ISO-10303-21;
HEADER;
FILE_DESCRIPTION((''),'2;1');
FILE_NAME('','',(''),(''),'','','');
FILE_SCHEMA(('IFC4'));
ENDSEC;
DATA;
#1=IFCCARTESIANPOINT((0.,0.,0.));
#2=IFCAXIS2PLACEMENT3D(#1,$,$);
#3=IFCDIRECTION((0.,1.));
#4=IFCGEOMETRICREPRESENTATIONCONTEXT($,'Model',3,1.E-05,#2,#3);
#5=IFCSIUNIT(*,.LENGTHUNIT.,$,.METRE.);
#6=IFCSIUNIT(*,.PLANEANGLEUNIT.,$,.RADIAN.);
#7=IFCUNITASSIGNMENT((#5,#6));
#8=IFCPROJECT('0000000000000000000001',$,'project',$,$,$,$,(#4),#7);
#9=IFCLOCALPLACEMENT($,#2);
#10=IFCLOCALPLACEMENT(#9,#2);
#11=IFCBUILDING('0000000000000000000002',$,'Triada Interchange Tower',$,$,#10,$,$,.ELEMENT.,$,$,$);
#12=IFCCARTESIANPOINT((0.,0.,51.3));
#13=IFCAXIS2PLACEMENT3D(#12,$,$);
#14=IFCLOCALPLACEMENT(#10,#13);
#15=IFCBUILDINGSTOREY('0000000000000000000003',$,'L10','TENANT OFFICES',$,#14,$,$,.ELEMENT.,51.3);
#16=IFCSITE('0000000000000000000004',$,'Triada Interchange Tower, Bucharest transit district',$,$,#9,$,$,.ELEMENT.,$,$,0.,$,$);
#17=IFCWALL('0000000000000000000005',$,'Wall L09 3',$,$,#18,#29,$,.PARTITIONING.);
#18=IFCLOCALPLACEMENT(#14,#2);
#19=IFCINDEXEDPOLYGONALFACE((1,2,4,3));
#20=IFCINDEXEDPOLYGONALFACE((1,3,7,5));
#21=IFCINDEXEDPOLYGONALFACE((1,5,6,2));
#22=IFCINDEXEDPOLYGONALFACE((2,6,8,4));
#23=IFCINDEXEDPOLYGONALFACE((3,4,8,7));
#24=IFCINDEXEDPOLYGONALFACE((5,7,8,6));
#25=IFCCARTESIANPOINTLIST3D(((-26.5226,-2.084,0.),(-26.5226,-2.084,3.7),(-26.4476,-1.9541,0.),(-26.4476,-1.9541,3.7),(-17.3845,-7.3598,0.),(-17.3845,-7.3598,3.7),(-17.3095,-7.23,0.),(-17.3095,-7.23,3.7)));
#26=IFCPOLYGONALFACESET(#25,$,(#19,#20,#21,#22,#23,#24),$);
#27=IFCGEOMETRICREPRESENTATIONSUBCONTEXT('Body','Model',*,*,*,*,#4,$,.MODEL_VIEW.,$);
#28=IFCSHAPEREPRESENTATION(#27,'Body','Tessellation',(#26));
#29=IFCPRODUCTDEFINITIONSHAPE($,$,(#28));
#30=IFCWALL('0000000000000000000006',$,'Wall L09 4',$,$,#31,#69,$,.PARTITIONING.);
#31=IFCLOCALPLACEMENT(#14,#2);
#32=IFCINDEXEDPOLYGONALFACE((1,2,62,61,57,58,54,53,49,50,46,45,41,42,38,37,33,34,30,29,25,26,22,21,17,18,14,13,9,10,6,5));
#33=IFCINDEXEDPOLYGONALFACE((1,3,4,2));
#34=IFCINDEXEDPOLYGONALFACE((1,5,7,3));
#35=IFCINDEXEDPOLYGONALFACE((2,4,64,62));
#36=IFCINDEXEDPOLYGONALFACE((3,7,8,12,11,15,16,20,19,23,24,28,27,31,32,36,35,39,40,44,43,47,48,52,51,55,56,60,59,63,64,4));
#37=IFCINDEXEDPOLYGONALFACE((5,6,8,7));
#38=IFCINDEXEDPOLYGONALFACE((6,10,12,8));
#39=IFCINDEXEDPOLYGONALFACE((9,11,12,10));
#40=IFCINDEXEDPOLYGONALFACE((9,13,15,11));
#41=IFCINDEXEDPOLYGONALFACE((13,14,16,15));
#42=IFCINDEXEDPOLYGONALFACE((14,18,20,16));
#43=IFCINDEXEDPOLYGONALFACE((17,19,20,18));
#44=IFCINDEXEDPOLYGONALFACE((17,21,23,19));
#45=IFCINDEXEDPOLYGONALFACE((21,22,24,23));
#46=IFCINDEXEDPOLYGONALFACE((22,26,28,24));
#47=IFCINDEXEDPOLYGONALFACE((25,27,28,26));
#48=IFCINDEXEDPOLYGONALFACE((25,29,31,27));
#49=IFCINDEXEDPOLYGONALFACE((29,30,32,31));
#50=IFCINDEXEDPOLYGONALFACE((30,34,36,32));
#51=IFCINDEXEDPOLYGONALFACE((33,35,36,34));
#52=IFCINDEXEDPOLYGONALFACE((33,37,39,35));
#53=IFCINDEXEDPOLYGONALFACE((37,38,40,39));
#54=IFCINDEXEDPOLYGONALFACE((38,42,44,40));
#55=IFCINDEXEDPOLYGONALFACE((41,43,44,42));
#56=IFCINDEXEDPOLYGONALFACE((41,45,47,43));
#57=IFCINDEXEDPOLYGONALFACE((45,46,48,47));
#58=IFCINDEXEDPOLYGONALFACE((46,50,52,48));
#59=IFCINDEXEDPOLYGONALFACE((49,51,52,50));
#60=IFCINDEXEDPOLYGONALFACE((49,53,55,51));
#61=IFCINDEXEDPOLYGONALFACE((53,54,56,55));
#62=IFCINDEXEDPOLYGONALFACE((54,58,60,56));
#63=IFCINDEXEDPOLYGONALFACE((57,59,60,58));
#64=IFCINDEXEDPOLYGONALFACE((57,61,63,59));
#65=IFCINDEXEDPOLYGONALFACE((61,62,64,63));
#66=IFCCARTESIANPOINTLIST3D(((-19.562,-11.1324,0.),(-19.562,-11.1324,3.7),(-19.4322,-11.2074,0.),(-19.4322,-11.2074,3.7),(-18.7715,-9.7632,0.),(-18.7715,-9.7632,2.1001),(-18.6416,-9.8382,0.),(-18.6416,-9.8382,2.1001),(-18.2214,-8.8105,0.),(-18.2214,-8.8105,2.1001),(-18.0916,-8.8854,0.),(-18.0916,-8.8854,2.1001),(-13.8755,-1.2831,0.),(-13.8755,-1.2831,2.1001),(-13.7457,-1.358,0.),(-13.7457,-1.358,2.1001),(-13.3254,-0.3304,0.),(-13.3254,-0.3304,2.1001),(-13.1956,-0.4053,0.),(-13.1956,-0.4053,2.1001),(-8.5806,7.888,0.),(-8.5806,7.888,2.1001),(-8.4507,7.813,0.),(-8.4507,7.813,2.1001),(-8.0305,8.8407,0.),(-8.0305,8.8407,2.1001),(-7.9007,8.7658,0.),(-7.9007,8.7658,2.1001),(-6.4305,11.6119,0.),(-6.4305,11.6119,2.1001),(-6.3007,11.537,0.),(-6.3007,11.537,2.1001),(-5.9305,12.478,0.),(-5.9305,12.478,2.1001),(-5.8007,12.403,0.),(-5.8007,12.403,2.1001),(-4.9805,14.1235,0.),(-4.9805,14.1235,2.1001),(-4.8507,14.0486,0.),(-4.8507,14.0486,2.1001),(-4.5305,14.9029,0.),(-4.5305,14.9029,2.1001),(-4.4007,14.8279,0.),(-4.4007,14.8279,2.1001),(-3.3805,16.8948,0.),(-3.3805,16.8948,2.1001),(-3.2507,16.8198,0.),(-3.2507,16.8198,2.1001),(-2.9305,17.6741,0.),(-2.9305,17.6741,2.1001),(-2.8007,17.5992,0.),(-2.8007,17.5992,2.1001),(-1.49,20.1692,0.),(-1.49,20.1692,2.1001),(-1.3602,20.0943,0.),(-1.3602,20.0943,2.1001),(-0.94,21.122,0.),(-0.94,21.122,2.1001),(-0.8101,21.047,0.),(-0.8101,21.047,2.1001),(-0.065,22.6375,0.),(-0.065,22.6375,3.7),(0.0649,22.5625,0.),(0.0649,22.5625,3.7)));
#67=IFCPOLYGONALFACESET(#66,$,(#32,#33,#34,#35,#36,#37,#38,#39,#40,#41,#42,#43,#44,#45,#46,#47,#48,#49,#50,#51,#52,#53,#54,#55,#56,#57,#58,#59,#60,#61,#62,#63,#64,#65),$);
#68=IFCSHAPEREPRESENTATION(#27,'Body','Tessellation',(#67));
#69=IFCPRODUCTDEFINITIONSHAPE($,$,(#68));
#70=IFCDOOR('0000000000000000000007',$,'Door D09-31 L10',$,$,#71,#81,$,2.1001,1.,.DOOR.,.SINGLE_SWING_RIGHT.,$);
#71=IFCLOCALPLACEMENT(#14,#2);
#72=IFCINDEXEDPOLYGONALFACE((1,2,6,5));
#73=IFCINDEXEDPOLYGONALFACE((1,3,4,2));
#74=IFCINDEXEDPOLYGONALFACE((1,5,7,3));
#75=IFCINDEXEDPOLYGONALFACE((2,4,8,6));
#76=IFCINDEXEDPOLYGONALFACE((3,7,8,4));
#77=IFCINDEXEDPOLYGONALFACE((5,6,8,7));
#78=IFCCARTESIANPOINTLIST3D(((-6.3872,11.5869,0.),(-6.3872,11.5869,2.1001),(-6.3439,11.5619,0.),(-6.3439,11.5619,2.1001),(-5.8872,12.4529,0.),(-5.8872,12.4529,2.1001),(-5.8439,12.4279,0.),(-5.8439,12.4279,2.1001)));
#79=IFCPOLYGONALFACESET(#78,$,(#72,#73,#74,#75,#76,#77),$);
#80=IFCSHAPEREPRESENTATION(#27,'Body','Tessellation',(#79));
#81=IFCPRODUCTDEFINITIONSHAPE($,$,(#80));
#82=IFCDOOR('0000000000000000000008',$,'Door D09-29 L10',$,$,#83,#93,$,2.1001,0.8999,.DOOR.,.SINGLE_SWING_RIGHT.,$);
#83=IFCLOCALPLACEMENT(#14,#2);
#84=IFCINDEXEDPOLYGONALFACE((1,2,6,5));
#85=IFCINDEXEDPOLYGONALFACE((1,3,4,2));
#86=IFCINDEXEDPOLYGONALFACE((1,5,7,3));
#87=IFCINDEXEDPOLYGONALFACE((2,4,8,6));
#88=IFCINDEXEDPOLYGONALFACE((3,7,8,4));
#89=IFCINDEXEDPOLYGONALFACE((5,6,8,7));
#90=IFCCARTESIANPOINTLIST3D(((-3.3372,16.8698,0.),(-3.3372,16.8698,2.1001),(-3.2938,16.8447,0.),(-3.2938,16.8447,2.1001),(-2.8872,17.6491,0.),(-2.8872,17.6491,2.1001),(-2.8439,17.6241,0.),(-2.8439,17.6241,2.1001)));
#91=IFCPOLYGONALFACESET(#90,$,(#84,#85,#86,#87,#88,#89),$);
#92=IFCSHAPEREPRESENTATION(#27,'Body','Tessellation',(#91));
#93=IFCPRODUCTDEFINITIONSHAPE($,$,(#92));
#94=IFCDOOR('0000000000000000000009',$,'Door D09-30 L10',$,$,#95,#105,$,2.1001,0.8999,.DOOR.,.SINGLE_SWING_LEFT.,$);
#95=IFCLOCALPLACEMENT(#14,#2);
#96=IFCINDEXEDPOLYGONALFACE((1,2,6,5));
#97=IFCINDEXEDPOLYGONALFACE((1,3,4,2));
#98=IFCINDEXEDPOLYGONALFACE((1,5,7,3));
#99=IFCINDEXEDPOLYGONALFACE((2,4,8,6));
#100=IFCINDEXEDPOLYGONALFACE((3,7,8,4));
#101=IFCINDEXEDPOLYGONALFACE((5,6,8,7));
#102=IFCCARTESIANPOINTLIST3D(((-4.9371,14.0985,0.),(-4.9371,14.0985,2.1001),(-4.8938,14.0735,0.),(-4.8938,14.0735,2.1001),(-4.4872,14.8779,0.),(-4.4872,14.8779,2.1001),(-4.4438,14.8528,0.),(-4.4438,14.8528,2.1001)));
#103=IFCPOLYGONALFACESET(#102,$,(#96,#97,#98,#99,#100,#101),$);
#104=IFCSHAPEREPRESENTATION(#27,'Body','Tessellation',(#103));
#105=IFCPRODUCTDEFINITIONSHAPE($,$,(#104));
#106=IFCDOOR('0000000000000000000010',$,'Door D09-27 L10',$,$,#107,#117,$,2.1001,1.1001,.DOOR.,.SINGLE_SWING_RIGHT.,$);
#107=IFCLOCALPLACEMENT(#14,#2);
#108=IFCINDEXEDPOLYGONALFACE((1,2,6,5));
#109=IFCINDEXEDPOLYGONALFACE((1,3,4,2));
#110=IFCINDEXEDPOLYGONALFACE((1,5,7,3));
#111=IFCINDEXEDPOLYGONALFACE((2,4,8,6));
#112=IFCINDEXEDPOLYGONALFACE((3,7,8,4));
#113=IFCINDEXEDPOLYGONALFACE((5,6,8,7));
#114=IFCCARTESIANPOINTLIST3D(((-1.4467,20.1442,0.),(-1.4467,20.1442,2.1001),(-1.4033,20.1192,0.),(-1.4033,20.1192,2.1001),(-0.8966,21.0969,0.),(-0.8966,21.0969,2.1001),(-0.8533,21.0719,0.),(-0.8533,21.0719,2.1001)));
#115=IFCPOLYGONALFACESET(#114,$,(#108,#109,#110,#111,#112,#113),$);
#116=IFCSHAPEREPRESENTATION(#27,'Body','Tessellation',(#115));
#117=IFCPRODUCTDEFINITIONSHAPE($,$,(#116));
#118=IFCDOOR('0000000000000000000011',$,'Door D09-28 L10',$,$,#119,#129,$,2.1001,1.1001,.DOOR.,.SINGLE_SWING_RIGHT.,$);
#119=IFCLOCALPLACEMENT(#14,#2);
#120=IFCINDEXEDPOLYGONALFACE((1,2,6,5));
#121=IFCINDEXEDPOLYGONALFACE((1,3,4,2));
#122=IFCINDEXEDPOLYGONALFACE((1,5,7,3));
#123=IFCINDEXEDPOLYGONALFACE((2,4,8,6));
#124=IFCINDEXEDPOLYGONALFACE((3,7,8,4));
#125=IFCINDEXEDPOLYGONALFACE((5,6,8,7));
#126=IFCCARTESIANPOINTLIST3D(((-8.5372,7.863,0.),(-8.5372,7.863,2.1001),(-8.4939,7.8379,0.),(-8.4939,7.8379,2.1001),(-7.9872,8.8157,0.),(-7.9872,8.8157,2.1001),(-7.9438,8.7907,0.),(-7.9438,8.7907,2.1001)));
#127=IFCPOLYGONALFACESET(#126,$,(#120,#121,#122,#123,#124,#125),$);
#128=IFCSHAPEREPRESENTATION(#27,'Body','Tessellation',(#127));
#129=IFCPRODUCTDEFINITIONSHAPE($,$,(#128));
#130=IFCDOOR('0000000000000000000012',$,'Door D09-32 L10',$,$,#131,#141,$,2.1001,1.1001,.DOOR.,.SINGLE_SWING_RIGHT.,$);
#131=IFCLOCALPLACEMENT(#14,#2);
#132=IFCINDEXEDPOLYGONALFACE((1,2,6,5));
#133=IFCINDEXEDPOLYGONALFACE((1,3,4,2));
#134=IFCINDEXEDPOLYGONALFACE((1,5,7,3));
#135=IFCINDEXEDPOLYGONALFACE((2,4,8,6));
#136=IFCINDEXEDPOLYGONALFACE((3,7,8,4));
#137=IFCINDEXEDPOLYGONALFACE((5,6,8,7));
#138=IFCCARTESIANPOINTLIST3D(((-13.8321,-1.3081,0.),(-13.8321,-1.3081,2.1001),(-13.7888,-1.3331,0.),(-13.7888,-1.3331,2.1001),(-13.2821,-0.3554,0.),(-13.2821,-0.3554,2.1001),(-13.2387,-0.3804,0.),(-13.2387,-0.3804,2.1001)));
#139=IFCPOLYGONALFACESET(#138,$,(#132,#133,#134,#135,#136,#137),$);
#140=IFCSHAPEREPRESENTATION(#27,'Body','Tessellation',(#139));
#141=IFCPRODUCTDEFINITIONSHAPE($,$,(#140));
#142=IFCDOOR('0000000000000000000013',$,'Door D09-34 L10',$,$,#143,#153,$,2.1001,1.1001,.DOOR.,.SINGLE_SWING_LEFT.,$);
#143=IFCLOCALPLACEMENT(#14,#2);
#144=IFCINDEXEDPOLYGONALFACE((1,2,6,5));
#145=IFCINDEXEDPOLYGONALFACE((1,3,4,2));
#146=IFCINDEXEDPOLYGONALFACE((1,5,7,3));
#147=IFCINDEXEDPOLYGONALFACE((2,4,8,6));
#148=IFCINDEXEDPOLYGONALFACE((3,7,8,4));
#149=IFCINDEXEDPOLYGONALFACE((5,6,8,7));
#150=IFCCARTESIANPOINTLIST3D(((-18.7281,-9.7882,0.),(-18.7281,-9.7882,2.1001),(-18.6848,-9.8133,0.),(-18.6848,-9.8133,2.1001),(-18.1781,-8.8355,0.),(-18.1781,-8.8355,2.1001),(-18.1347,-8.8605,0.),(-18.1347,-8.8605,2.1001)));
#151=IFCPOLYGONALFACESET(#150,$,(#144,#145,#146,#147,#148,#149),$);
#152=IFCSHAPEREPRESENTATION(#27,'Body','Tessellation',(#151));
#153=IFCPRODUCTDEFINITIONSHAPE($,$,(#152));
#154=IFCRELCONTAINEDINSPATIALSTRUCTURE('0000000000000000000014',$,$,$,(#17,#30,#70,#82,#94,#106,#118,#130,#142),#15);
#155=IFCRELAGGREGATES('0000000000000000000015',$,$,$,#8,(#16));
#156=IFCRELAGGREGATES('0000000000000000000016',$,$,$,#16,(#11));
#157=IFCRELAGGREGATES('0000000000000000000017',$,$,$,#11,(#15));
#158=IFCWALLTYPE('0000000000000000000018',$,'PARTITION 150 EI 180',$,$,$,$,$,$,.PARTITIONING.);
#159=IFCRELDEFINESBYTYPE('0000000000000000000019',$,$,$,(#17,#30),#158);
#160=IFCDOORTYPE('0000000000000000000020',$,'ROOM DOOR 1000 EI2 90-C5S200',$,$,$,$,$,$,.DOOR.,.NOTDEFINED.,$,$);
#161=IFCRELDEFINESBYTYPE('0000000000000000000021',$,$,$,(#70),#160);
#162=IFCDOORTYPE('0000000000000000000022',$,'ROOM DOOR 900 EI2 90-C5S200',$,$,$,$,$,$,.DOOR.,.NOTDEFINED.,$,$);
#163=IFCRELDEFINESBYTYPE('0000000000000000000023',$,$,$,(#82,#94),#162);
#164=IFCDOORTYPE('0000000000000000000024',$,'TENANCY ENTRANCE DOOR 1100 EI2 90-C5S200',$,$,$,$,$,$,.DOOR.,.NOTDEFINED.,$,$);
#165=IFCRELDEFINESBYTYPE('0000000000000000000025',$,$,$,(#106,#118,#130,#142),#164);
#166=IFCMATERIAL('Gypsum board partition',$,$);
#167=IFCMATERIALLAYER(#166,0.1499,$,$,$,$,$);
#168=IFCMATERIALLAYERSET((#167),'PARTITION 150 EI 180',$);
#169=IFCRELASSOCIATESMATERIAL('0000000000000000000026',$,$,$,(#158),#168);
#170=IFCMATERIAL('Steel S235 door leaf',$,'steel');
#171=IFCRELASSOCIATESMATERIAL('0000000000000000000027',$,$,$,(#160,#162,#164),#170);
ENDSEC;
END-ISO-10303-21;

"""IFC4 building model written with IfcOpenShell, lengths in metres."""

from ifc_helpers import new_model, si_unit, direction, frame, frame_2d, origin, place, context, subcontext, project, spatial, rectangle, extrude, material, layer, layer_set, type_object, element, fill, save


model = new_model("IFC4")

# Units and contexts
model_context = context("Model", 3, precision=1e-05, world=origin(), true_north=direction((0.0, 1.0)))
body_context = subcontext(model_context, "Body", "Model", "MODEL_VIEW")
ifc_project = project(units=[si_unit("LENGTHUNIT", "METRE"), si_unit("PLANEANGLEUNIT", "RADIAN")], contexts=[model_context])

# Site, building, storey
site_placement = place(None, origin())
site = spatial("IfcSite", under=ifc_project, at=site_placement, Name="Triada Interchange Tower, Bucharest transit district", CompositionType="ELEMENT", RefElevation=0.0)
building_placement = place(site_placement, origin())
building = spatial("IfcBuilding", under=site, at=building_placement, Name="Triada Interchange Tower", CompositionType="ELEMENT")
storey_placement = place(building_placement, frame((0.0, 0.0, 51.3)))
storey = spatial("IfcBuildingStorey", under=building, at=storey_placement, Name="L10", Description="TENANT OFFICES", CompositionType="ELEMENT", Elevation=51.3)

# Wall
ifc_material_1 = material(Name="Gypsum board partition")
ifc_layer_1 = layer(ifc_material_1, 0.1499)
ifc_layer_set_1 = layer_set([ifc_layer_1], Name="PARTITION 150 EI 180")
wall_type_1 = type_object("IfcWallType", Name="PARTITION 150 EI 180", PredefinedType="PARTITIONING", material=ifc_layer_set_1)
wall_1_placement = place(storey_placement, frame((-26.4851, -2.019, 0.0), z_axis=(0.0, 0.0, 1.0), x_axis=(0.866028, -0.499996, 0.0)))
element("IfcWall", 1, at=wall_1_placement, inside=storey, type_object=wall_type_1, Name="Wall L09 3", PredefinedType="PARTITIONING", context=body_context, shape_type="SweptSolid", body=[
    extrude(rectangle(XDim=10.5518, YDim=0.1499, at=frame_2d((5.2759, 0.0))), origin(), (0.0, 0.0, 1.0), 3.7),
])

# Wall, openings, doors
wall_2_placement = place(storey_placement, frame((-19.4971, -11.1699, 0.0), z_axis=(0.0, 0.0, 1.0), x_axis=(0.499999, 0.866026, 0.0)))
wall_2 = element("IfcWall", 2, at=wall_2_placement, inside=storey, type_object=wall_type_1, Name="Wall L09 4", PredefinedType="PARTITIONING", context=body_context, shape_type="SweptSolid", body=[
    extrude(rectangle(XDim=38.9941, YDim=0.1499, at=frame_2d((19.4971, 0.0))), origin(), (0.0, 0.0, 1.0), 3.7),
])
opening_1_placement = place(wall_2_placement, frame((36.144, 0.0, 0.0)))
opening_1 = element("IfcOpeningElement", 3, at=opening_1_placement, cuts=wall_2, PredefinedType="OPENING", context=body_context, shape_type="SweptSolid", body=[
    extrude(rectangle(XDim=1.1001, YDim=2.1001, at=frame_2d((0.55, 1.05))), frame((0.0, 0.085, 0.0), z_axis=(0.0, -1.0, 0.0), x_axis=(1.0, 0.0, 0.0)), (0.0, 0.0, 1.0), 0.1699),
])
opening_2_placement = place(wall_2_placement, frame((21.9629, 0.0, 0.0)))
opening_2 = element("IfcOpeningElement", 4, at=opening_2_placement, cuts=wall_2, PredefinedType="OPENING", context=body_context, shape_type="SweptSolid", body=[
    extrude(rectangle(XDim=1.1001, YDim=2.1001, at=frame_2d((0.55, 1.05))), frame((0.0, 0.085, 0.0), z_axis=(0.0, -1.0, 0.0), x_axis=(1.0, 0.0, 0.0)), (0.0, 0.0, 1.0), 0.1699),
])
opening_3_placement = place(wall_2_placement, frame((32.363, 0.0, 0.0)))
opening_3 = element("IfcOpeningElement", 5, at=opening_3_placement, cuts=wall_2, PredefinedType="OPENING", context=body_context, shape_type="SweptSolid", body=[
    extrude(rectangle(XDim=0.8999, YDim=2.1001, at=frame_2d((0.45, 1.05))), frame((0.0, 0.085, 0.0), z_axis=(0.0, -1.0, 0.0), x_axis=(1.0, 0.0, 0.0)), (0.0, 0.0, 1.0), 0.1699),
])
opening_4_placement = place(wall_2_placement, frame((29.1631, 0.0, 0.0)))
opening_4 = element("IfcOpeningElement", 6, at=opening_4_placement, cuts=wall_2, PredefinedType="OPENING", context=body_context, shape_type="SweptSolid", body=[
    extrude(rectangle(XDim=0.8999, YDim=2.1001, at=frame_2d((0.45, 1.05))), frame((0.0, 0.085, 0.0), z_axis=(0.0, -1.0, 0.0), x_axis=(1.0, 0.0, 0.0)), (0.0, 0.0, 1.0), 0.1699),
])
opening_5_placement = place(wall_2_placement, frame((26.2629, 0.0, 0.0)))
opening_5 = element("IfcOpeningElement", 7, at=opening_5_placement, cuts=wall_2, PredefinedType="OPENING", context=body_context, shape_type="SweptSolid", body=[
    extrude(rectangle(XDim=1.0, YDim=2.1001, at=frame_2d((0.5, 1.05))), frame((0.0, 0.085, 0.0), z_axis=(0.0, -1.0, 0.0), x_axis=(1.0, 0.0, 0.0)), (0.0, 0.0, 1.0), 0.1699),
])
opening_6_placement = place(wall_2_placement, frame((11.373, 0.0, 0.0)))
opening_6 = element("IfcOpeningElement", 8, at=opening_6_placement, cuts=wall_2, PredefinedType="OPENING", context=body_context, shape_type="SweptSolid", body=[
    extrude(rectangle(XDim=1.1001, YDim=2.1001, at=frame_2d((0.55, 1.05))), frame((0.0, 0.085, 0.0), z_axis=(0.0, -1.0, 0.0), x_axis=(1.0, 0.0, 0.0)), (0.0, 0.0, 1.0), 0.1699),
])
opening_7_placement = place(wall_2_placement, frame((1.5811, 0.0, 0.0)))
opening_7 = element("IfcOpeningElement", 9, at=opening_7_placement, cuts=wall_2, PredefinedType="OPENING", context=body_context, shape_type="SweptSolid", body=[
    extrude(rectangle(XDim=1.1001, YDim=2.1001, at=frame_2d((0.55, 1.05))), frame((0.0, 0.085, 0.0), z_axis=(0.0, -1.0, 0.0), x_axis=(1.0, 0.0, 0.0)), (0.0, 0.0, 1.0), 0.1699),
])
ifc_material_2 = material(Name="Steel S235 door leaf", Category="steel")
door_type_1 = type_object("IfcDoorType", Name="ROOM DOOR 1000 EI2 90-C5S200", OperationType="NOTDEFINED", PredefinedType="DOOR", material=ifc_material_2)
door_1_placement = place(opening_5_placement, origin())
door_1 = element("IfcDoor", 10, at=door_1_placement, inside=storey, type_object=door_type_1, Name="Door D09-31 L10", OperationType="SINGLE_SWING_RIGHT", OverallHeight=2.1001, OverallWidth=1.0, PredefinedType="DOOR", context=body_context, shape_type="SweptSolid", body=[
    extrude(rectangle(XDim=1.0, YDim=2.1001, at=frame_2d((0.5, 1.05))), frame((0.0, 0.0249, 0.0), z_axis=(0.0, -1.0, 0.0), x_axis=(1.0, 0.0, 0.0)), (0.0, 0.0, 1.0), 0.05),
])
fill(opening_5, door_1)
door_type_2 = type_object("IfcDoorType", Name="ROOM DOOR 900 EI2 90-C5S200", OperationType="NOTDEFINED", PredefinedType="DOOR", material=ifc_material_2)
door_2_placement = place(opening_3_placement, origin())
door_2 = element("IfcDoor", 11, at=door_2_placement, inside=storey, type_object=door_type_2, Name="Door D09-29 L10", OperationType="SINGLE_SWING_RIGHT", OverallHeight=2.1001, OverallWidth=0.8999, PredefinedType="DOOR", context=body_context, shape_type="SweptSolid", body=[
    extrude(rectangle(XDim=0.8999, YDim=2.1001, at=frame_2d((0.45, 1.05))), frame((0.0, 0.0249, 0.0), z_axis=(0.0, -1.0, 0.0), x_axis=(1.0, 0.0, 0.0)), (0.0, 0.0, 1.0), 0.05),
])
fill(opening_3, door_2)
door_3_placement = place(opening_4_placement, origin())
door_3 = element("IfcDoor", 12, at=door_3_placement, inside=storey, type_object=door_type_2, Name="Door D09-30 L10", OperationType="SINGLE_SWING_LEFT", OverallHeight=2.1001, OverallWidth=0.8999, PredefinedType="DOOR", context=body_context, shape_type="SweptSolid", body=[
    extrude(rectangle(XDim=0.8999, YDim=2.1001, at=frame_2d((0.45, 1.05))), frame((0.0, 0.0249, 0.0), z_axis=(0.0, -1.0, 0.0), x_axis=(1.0, 0.0, 0.0)), (0.0, 0.0, 1.0), 0.05),
])
fill(opening_4, door_3)
door_type_3 = type_object("IfcDoorType", Name="TENANCY ENTRANCE DOOR 1100 EI2 90-C5S200", OperationType="NOTDEFINED", PredefinedType="DOOR", material=ifc_material_2)
door_4_placement = place(opening_1_placement, origin())
door_4 = element("IfcDoor", 13, at=door_4_placement, inside=storey, type_object=door_type_3, Name="Door D09-27 L10", OperationType="SINGLE_SWING_RIGHT", OverallHeight=2.1001, OverallWidth=1.1001, PredefinedType="DOOR", context=body_context, shape_type="SweptSolid", body=[
    extrude(rectangle(XDim=1.1001, YDim=2.1001, at=frame_2d((0.55, 1.05))), frame((0.0, 0.0249, 0.0), z_axis=(0.0, -1.0, 0.0), x_axis=(1.0, 0.0, 0.0)), (0.0, 0.0, 1.0), 0.05),
])
fill(opening_1, door_4)
door_5_placement = place(opening_2_placement, origin())
door_5 = element("IfcDoor", 14, at=door_5_placement, inside=storey, type_object=door_type_3, Name="Door D09-28 L10", OperationType="SINGLE_SWING_RIGHT", OverallHeight=2.1001, OverallWidth=1.1001, PredefinedType="DOOR", context=body_context, shape_type="SweptSolid", body=[
    extrude(rectangle(XDim=1.1001, YDim=2.1001, at=frame_2d((0.55, 1.05))), frame((0.0, 0.0249, 0.0), z_axis=(0.0, -1.0, 0.0), x_axis=(1.0, 0.0, 0.0)), (0.0, 0.0, 1.0), 0.05),
])
fill(opening_2, door_5)
door_6_placement = place(opening_6_placement, origin())
door_6 = element("IfcDoor", 15, at=door_6_placement, inside=storey, type_object=door_type_3, Name="Door D09-32 L10", OperationType="SINGLE_SWING_RIGHT", OverallHeight=2.1001, OverallWidth=1.1001, PredefinedType="DOOR", context=body_context, shape_type="SweptSolid", body=[
    extrude(rectangle(XDim=1.1001, YDim=2.1001, at=frame_2d((0.55, 1.05))), frame((0.0, 0.0249, 0.0), z_axis=(0.0, -1.0, 0.0), x_axis=(1.0, 0.0, 0.0)), (0.0, 0.0, 1.0), 0.05),
])
fill(opening_6, door_6)
door_7_placement = place(opening_7_placement, origin())
door_7 = element("IfcDoor", 16, at=door_7_placement, inside=storey, type_object=door_type_3, Name="Door D09-34 L10", OperationType="SINGLE_SWING_LEFT", OverallHeight=2.1001, OverallWidth=1.1001, PredefinedType="DOOR", context=body_context, shape_type="SweptSolid", body=[
    extrude(rectangle(XDim=1.1001, YDim=2.1001, at=frame_2d((0.55, 1.05))), frame((0.0, 0.0249, 0.0), z_axis=(0.0, -1.0, 0.0), x_axis=(1.0, 0.0, 0.0)), (0.0, 0.0, 1.0), 0.05),
])
fill(opening_7, door_7)

save(model, "model.ifc")
